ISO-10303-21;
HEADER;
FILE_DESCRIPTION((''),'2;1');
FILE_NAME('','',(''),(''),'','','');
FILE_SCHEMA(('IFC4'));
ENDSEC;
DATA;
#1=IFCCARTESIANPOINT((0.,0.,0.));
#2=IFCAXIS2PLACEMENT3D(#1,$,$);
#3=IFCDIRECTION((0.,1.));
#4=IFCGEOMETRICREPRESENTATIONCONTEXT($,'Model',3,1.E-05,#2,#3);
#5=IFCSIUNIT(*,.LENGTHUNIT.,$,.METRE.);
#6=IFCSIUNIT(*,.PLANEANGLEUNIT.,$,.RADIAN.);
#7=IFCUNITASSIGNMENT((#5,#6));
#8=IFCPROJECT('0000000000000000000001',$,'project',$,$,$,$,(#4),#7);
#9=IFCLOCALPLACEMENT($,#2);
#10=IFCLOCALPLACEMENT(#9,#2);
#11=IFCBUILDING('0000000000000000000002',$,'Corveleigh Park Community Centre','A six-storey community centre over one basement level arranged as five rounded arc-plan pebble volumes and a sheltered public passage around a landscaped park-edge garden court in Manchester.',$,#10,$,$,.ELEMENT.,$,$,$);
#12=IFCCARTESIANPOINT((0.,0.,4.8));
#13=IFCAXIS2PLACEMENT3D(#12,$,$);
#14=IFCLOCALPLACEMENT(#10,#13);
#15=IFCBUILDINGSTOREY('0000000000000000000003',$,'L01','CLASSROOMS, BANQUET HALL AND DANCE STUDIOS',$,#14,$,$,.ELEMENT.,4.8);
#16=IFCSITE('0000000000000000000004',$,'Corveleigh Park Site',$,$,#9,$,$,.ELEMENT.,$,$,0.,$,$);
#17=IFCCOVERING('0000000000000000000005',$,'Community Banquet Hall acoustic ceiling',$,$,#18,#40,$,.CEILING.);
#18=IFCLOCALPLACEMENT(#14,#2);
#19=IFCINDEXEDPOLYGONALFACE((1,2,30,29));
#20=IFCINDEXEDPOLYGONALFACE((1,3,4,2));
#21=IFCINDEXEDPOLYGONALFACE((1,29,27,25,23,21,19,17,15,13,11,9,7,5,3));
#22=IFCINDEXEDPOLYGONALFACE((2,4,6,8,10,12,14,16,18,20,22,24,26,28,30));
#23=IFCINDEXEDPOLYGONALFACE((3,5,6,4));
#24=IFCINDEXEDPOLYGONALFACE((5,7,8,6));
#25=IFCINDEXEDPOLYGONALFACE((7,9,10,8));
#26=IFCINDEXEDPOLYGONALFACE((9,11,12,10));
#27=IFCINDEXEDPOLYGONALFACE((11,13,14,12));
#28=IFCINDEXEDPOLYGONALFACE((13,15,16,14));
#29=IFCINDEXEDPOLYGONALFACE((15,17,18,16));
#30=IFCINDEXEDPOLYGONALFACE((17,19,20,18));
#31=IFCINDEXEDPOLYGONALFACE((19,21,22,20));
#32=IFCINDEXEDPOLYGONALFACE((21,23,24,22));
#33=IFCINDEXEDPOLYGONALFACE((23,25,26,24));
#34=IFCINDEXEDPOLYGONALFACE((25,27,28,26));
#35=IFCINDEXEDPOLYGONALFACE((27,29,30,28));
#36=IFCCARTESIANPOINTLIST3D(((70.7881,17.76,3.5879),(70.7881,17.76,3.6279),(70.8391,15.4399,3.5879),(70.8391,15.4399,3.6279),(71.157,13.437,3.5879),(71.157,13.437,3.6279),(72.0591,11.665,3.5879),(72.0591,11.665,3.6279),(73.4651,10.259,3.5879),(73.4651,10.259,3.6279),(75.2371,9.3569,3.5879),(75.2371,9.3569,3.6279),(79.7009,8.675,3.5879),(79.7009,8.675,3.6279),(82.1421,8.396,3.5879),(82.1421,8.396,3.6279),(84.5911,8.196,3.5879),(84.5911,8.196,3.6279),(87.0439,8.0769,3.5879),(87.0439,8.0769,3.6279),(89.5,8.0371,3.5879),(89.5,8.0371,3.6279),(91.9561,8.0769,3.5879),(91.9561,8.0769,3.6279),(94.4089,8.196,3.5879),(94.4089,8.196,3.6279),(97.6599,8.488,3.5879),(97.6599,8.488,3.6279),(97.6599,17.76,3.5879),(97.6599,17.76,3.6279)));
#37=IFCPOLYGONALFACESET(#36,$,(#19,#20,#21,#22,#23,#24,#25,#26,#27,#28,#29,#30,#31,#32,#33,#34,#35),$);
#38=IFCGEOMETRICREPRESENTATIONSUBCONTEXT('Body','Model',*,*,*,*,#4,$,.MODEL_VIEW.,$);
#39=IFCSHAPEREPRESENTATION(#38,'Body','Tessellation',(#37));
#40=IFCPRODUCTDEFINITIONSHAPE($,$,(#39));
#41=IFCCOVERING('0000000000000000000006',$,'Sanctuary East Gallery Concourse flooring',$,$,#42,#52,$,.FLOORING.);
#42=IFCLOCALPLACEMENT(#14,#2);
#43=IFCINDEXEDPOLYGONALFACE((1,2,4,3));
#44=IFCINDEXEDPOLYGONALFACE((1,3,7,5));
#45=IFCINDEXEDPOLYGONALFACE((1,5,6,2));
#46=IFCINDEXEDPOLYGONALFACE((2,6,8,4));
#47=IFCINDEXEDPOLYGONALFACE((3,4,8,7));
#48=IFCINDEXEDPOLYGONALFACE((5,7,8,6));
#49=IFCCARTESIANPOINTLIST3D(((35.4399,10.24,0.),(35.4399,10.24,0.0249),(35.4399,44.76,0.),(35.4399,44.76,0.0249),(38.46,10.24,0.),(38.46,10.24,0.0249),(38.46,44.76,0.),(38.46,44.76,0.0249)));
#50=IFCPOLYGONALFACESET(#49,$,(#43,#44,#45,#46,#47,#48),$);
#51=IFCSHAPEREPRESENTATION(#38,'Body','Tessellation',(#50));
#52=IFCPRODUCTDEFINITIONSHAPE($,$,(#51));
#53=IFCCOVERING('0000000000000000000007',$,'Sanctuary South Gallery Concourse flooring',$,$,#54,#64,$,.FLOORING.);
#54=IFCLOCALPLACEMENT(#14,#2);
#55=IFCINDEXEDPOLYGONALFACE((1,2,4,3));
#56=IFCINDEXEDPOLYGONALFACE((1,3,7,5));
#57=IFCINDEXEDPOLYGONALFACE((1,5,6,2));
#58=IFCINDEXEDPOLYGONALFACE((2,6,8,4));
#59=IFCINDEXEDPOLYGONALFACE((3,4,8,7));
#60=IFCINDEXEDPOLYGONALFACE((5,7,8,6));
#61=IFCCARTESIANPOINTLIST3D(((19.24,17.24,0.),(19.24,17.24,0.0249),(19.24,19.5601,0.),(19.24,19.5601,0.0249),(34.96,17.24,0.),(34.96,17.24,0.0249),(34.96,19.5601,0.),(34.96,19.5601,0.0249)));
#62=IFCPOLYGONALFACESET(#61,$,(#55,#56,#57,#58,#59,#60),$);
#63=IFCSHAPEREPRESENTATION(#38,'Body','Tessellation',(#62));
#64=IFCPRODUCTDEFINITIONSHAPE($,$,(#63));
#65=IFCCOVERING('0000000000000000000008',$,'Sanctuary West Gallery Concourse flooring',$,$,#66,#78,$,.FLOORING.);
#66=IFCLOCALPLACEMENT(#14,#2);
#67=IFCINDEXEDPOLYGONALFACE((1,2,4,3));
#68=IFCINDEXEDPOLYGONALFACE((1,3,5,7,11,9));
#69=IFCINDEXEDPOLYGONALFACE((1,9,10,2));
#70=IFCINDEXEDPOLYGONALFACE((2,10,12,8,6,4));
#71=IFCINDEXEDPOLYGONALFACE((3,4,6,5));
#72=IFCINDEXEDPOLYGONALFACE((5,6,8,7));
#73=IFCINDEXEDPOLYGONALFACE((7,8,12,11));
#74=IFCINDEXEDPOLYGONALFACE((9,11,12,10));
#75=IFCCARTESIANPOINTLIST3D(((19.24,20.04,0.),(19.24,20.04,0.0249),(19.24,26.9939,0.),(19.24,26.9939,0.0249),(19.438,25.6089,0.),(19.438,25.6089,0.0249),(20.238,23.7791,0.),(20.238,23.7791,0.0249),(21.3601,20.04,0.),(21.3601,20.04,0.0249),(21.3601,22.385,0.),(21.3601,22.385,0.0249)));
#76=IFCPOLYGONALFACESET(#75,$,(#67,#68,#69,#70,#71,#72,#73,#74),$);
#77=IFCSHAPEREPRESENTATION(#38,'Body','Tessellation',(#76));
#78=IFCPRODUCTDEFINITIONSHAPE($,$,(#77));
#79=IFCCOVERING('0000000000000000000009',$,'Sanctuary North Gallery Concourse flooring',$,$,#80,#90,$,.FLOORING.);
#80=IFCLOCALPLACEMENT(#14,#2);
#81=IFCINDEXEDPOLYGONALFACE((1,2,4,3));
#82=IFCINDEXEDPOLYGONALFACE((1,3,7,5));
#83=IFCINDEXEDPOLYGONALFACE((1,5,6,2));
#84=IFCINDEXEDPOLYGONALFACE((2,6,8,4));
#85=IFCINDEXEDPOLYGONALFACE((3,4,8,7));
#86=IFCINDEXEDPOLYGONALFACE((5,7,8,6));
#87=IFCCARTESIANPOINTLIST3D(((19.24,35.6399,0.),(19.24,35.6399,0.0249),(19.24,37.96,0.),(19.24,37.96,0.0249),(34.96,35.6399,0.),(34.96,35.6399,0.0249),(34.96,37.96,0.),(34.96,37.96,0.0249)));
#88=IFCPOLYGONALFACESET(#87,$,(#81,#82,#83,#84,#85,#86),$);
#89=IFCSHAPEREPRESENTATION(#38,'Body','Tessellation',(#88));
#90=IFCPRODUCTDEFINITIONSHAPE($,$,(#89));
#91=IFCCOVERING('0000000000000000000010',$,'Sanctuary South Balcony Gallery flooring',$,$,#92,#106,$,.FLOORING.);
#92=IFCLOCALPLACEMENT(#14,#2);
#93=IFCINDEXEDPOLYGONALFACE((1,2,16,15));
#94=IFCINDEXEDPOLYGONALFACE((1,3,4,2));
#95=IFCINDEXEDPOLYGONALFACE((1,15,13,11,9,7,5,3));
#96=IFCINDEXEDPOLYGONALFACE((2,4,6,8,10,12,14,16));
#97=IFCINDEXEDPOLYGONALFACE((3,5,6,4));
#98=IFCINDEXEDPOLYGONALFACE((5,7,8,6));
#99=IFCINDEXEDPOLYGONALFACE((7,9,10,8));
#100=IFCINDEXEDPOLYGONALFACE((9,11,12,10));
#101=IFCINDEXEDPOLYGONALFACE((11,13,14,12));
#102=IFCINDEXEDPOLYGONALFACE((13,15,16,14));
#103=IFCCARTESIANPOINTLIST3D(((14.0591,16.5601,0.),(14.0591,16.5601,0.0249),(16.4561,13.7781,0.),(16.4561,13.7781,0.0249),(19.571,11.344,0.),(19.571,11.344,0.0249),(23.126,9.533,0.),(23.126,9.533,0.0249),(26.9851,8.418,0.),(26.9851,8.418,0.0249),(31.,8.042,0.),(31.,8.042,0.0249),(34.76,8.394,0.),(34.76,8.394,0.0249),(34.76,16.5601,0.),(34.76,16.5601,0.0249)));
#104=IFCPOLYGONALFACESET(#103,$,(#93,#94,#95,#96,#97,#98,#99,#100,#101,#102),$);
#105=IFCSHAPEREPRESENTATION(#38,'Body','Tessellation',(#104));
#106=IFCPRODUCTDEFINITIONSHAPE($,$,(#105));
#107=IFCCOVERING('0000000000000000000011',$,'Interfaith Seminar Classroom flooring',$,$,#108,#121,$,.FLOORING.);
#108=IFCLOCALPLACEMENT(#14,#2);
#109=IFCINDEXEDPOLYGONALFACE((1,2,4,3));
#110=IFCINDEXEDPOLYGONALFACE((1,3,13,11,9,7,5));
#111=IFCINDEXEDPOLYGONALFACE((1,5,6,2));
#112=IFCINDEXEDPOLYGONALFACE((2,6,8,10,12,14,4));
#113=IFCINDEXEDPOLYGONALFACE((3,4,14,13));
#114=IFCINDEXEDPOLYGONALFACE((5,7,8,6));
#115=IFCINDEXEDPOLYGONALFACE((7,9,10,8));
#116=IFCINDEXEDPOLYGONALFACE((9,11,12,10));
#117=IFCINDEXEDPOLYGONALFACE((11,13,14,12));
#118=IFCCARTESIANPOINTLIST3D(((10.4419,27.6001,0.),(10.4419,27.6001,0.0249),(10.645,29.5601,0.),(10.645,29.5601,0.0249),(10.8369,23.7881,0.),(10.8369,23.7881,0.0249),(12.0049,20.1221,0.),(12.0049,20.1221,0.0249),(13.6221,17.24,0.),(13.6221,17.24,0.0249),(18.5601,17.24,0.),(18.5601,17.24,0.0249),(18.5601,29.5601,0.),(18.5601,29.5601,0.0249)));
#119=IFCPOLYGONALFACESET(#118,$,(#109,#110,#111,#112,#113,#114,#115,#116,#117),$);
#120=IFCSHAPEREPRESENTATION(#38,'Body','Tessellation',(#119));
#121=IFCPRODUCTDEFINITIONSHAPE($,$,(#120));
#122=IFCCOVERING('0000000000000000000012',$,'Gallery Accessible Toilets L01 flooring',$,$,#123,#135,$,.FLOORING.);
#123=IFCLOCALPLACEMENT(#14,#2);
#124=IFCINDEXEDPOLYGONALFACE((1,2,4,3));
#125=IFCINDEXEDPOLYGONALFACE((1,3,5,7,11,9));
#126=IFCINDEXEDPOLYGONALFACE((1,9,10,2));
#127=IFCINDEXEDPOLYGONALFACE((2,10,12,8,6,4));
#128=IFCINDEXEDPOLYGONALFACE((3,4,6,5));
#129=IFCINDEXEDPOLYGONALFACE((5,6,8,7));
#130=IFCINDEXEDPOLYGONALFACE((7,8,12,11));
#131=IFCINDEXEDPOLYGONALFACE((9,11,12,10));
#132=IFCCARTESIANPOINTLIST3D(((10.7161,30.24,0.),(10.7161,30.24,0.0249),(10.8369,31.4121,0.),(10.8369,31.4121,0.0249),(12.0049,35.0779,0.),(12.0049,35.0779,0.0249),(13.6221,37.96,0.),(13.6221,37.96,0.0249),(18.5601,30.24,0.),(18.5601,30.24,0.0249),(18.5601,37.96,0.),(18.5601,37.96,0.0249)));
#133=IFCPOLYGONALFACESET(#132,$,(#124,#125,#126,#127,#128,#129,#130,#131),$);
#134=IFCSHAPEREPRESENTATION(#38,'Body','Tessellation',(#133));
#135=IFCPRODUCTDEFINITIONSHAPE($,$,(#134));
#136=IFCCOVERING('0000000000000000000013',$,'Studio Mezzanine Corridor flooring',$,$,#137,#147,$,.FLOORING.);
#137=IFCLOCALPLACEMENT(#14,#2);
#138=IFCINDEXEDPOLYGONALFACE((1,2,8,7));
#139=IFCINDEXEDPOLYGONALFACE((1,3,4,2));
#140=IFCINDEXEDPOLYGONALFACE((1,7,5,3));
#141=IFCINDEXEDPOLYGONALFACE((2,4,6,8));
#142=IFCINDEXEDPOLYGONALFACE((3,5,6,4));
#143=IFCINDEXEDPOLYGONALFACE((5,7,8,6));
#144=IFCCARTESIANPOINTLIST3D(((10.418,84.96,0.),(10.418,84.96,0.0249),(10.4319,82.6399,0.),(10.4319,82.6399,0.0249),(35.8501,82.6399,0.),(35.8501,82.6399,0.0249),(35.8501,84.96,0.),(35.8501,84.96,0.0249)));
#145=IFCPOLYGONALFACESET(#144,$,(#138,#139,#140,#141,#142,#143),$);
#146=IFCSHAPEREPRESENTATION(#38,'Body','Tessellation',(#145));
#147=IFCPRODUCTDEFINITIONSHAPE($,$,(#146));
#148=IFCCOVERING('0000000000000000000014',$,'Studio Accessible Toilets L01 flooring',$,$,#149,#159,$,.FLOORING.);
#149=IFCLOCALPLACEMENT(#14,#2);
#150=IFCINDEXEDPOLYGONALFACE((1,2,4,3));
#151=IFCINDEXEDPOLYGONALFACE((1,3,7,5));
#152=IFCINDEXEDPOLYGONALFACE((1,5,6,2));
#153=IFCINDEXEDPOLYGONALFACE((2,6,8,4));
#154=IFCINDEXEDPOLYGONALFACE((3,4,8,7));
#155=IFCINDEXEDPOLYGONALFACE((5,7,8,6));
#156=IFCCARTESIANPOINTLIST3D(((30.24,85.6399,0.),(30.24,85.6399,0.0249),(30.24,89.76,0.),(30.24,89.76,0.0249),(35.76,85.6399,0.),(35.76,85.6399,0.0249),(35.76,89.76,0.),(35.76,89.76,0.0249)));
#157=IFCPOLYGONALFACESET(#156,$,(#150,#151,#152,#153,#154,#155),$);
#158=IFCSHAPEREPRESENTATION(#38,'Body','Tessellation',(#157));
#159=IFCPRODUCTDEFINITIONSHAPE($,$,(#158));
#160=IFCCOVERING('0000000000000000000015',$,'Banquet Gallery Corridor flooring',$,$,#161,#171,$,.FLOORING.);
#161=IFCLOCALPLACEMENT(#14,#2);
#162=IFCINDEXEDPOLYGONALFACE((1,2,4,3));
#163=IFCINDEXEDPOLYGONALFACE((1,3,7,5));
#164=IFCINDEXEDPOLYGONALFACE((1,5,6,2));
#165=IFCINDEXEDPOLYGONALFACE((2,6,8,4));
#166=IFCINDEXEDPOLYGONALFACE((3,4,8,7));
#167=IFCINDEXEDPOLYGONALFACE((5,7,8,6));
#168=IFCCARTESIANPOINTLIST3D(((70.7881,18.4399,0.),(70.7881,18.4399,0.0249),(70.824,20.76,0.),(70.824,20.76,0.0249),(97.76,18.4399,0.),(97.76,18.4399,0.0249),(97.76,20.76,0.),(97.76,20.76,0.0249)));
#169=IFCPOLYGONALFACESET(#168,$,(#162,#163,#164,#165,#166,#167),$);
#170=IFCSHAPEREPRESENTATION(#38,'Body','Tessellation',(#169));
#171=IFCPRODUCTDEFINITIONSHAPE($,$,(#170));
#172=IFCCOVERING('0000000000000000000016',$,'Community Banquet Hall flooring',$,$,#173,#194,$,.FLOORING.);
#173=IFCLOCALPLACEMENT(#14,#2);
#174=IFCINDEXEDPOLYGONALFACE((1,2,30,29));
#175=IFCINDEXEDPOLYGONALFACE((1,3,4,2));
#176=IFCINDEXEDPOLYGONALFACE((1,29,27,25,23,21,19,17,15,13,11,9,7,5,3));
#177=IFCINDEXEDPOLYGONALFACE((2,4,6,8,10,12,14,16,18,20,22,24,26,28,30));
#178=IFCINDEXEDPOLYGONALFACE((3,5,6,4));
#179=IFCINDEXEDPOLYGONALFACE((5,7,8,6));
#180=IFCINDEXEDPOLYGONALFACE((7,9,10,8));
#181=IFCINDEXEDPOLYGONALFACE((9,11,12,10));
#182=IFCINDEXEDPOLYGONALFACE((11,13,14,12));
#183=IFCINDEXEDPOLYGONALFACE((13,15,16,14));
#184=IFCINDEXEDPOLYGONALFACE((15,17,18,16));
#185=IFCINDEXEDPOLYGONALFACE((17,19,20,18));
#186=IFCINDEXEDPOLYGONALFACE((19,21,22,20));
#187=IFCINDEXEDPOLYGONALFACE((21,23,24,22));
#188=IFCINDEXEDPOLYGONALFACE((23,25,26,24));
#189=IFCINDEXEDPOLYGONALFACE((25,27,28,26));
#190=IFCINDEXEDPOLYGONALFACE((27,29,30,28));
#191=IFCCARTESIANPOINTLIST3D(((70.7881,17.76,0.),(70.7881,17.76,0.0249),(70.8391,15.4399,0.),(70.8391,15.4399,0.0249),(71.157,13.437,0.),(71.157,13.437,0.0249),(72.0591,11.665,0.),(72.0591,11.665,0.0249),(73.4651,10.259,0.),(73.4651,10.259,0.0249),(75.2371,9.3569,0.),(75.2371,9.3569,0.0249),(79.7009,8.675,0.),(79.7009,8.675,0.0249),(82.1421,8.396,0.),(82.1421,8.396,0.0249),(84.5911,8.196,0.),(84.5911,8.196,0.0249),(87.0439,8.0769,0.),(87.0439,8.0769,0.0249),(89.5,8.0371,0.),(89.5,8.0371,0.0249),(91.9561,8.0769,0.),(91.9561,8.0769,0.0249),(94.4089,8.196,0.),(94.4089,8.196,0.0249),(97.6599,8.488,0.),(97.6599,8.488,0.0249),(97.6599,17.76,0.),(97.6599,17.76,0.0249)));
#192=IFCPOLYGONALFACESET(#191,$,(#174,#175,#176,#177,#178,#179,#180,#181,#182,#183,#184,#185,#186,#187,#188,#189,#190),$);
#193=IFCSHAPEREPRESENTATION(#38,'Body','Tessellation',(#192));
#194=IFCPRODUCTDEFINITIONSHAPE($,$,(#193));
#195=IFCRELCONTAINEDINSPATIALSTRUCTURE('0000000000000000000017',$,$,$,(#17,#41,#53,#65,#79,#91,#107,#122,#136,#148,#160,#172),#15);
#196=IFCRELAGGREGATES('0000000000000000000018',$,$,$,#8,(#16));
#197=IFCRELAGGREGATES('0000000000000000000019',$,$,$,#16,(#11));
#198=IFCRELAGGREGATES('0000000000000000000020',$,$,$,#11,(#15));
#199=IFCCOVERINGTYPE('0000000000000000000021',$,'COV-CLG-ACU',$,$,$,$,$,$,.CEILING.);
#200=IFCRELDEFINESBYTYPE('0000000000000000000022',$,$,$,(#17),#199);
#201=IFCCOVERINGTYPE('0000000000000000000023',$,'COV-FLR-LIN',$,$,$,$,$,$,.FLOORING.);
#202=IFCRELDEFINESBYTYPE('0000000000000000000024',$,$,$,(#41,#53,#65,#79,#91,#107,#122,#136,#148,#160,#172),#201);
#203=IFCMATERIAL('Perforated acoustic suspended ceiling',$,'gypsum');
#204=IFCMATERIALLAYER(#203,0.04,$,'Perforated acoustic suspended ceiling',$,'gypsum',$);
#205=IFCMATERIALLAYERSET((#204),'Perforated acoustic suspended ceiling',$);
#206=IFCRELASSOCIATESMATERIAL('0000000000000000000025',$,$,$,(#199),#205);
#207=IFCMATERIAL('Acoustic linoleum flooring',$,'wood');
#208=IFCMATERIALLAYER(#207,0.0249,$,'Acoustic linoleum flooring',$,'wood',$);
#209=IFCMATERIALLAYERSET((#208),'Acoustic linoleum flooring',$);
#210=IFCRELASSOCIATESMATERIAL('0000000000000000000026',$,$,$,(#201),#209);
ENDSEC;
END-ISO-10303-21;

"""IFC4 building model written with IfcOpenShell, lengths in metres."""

from ifc_helpers import new_model, si_unit, direction, frame, origin, place, context, subcontext, project, spatial, polyline, outline, extrude, material, layer, layer_set, type_object, element, save


model = new_model("IFC4")

# Units and contexts
model_context = context("Model", 3, precision=1e-05, world=origin(), true_north=direction((0.0, 1.0)))
body_context = subcontext(model_context, "Body", "Model", "MODEL_VIEW")
ifc_project = project(units=[si_unit("LENGTHUNIT", "METRE"), si_unit("PLANEANGLEUNIT", "RADIAN")], contexts=[model_context])

# Site, building, storey
site_placement = place(None, origin())
site = spatial("IfcSite", under=ifc_project, at=site_placement, Name="Corveleigh Park Site", CompositionType="ELEMENT", RefElevation=0.0)
building_placement = place(site_placement, origin())
building = spatial("IfcBuilding", under=site, at=building_placement, Name="Corveleigh Park Community Centre", Description="A six-storey community centre over one basement level arranged as five rounded arc-plan pebble volumes and a sheltered public passage around a landscaped park-edge garden court in Manchester.", CompositionType="ELEMENT")
storey_placement = place(building_placement, frame((0.0, 0.0, 4.8)))
storey = spatial("IfcBuildingStorey", under=building, at=storey_placement, Name="L01", Description="CLASSROOMS, BANQUET HALL AND DANCE STUDIOS", CompositionType="ELEMENT", Elevation=4.8)

# Coverings
ifc_material_1 = material(Name="Perforated acoustic suspended ceiling", Category="gypsum")
ifc_layer_1 = layer(ifc_material_1, 0.04, Name="Perforated acoustic suspended ceiling", Category="gypsum")
ifc_layer_set_1 = layer_set([ifc_layer_1], Name="Perforated acoustic suspended ceiling")
covering_type_1 = type_object("IfcCoveringType", Name="COV-CLG-ACU", PredefinedType="CEILING", material=ifc_layer_set_1)
covering_1_placement = place(storey_placement, frame((0.0, 0.0, 3.5879)))
element("IfcCovering", 1, at=covering_1_placement, inside=storey, type_object=covering_type_1, Name="Community Banquet Hall acoustic ceiling", PredefinedType="CEILING", context=body_context, shape_type="SweptSolid", body=[
    extrude(outline(polyline([(71.157, 13.437), (70.8391, 15.4399), (70.7881, 17.76), (97.6599, 17.76), (97.6599, 8.488), (94.4089, 8.196), (91.9561, 8.0769), (89.5, 8.0371), (87.0439, 8.0769), (84.5911, 8.196), (82.1421, 8.396), (79.7009, 8.675), (75.2371, 9.3569), (73.4651, 10.259), (72.0591, 11.665), (71.157, 13.437)])), origin(), (0.0, 0.0, 1.0), 0.04),
])
ifc_material_2 = material(Name="Acoustic linoleum flooring", Category="wood")
ifc_layer_2 = layer(ifc_material_2, 0.0249, Name="Acoustic linoleum flooring", Category="wood")
ifc_layer_set_2 = layer_set([ifc_layer_2], Name="Acoustic linoleum flooring")
covering_type_2 = type_object("IfcCoveringType", Name="COV-FLR-LIN", PredefinedType="FLOORING", material=ifc_layer_set_2)
covering_2_placement = place(storey_placement, origin())
element("IfcCovering", 2, at=covering_2_placement, inside=storey, type_object=covering_type_2, Name="Sanctuary East Gallery Concourse flooring", PredefinedType="FLOORING", context=body_context, shape_type="SweptSolid", body=[
    extrude(outline(polyline([(38.46, 10.24), (35.4399, 10.24), (35.4399, 44.76), (38.46, 44.76), (38.46, 10.24)])), origin(), (0.0, 0.0, 1.0), 0.0249),
])
covering_3_placement = place(storey_placement, origin())
element("IfcCovering", 3, at=covering_3_placement, inside=storey, type_object=covering_type_2, Name="Sanctuary South Gallery Concourse flooring", PredefinedType="FLOORING", context=body_context, shape_type="SweptSolid", body=[
    extrude(outline(polyline([(34.96, 17.24), (19.24, 17.24), (19.24, 19.5601), (34.96, 19.5601), (34.96, 17.24)])), origin(), (0.0, 0.0, 1.0), 0.0249),
])
covering_4_placement = place(storey_placement, origin())
element("IfcCovering", 4, at=covering_4_placement, inside=storey, type_object=covering_type_2, Name="Sanctuary West Gallery Concourse flooring", PredefinedType="FLOORING", context=body_context, shape_type="SweptSolid", body=[
    extrude(outline(polyline([(20.238, 23.7791), (21.3601, 22.385), (21.3601, 20.04), (19.24, 20.04), (19.24, 26.9939), (19.438, 25.6089), (20.238, 23.7791)])), origin(), (0.0, 0.0, 1.0), 0.0249),
])
covering_5_placement = place(storey_placement, origin())
element("IfcCovering", 5, at=covering_5_placement, inside=storey, type_object=covering_type_2, Name="Sanctuary North Gallery Concourse flooring", PredefinedType="FLOORING", context=body_context, shape_type="SweptSolid", body=[
    extrude(outline(polyline([(34.96, 35.6399), (19.24, 35.6399), (19.24, 37.96), (34.96, 37.96), (34.96, 35.6399)])), origin(), (0.0, 0.0, 1.0), 0.0249),
])
covering_6_placement = place(storey_placement, origin())
element("IfcCovering", 6, at=covering_6_placement, inside=storey, type_object=covering_type_2, Name="Sanctuary South Balcony Gallery flooring", PredefinedType="FLOORING", context=body_context, shape_type="SweptSolid", body=[
    extrude(outline(polyline([(23.126, 9.533), (19.571, 11.344), (16.4561, 13.7781), (14.0591, 16.5601), (34.76, 16.5601), (34.76, 8.394), (31.0, 8.042), (26.9851, 8.418), (23.126, 9.533)])), origin(), (0.0, 0.0, 1.0), 0.0249),
])
covering_7_placement = place(storey_placement, origin())
element("IfcCovering", 7, at=covering_7_placement, inside=storey, type_object=covering_type_2, Name="Interfaith Seminar Classroom flooring", PredefinedType="FLOORING", context=body_context, shape_type="SweptSolid", body=[
    extrude(outline(polyline([(18.5601, 29.5601), (18.5601, 17.24), (13.6221, 17.24), (12.0049, 20.1221), (10.8369, 23.7881), (10.4419, 27.6001), (10.645, 29.5601), (18.5601, 29.5601)])), origin(), (0.0, 0.0, 1.0), 0.0249),
])
covering_8_placement = place(storey_placement, origin())
element("IfcCovering", 8, at=covering_8_placement, inside=storey, type_object=covering_type_2, Name="Gallery Accessible Toilets L01 flooring", PredefinedType="FLOORING", context=body_context, shape_type="SweptSolid", body=[
    extrude(outline(polyline([(10.7161, 30.24), (10.8369, 31.4121), (12.0049, 35.0779), (13.6221, 37.96), (18.5601, 37.96), (18.5601, 30.24), (10.7161, 30.24)])), origin(), (0.0, 0.0, 1.0), 0.0249),
])
covering_9_placement = place(storey_placement, origin())
element("IfcCovering", 9, at=covering_9_placement, inside=storey, type_object=covering_type_2, Name="Studio Mezzanine Corridor flooring", PredefinedType="FLOORING", context=body_context, shape_type="SweptSolid", body=[
    extrude(outline(polyline([(10.4319, 82.6399), (10.418, 84.96), (35.8501, 84.96), (35.8501, 82.6399), (10.4319, 82.6399)])), origin(), (0.0, 0.0, 1.0), 0.0249),
])
covering_10_placement = place(storey_placement, origin())
element("IfcCovering", 10, at=covering_10_placement, inside=storey, type_object=covering_type_2, Name="Studio Accessible Toilets L01 flooring", PredefinedType="FLOORING", context=body_context, shape_type="SweptSolid", body=[
    extrude(outline(polyline([(35.76, 85.6399), (30.24, 85.6399), (30.24, 89.76), (35.76, 89.76), (35.76, 85.6399)])), origin(), (0.0, 0.0, 1.0), 0.0249),
])
covering_11_placement = place(storey_placement, origin())
element("IfcCovering", 11, at=covering_11_placement, inside=storey, type_object=covering_type_2, Name="Banquet Gallery Corridor flooring", PredefinedType="FLOORING", context=body_context, shape_type="SweptSolid", body=[
    extrude(outline(polyline([(70.824, 20.76), (97.76, 20.76), (97.76, 18.4399), (70.7881, 18.4399), (70.824, 20.76)])), origin(), (0.0, 0.0, 1.0), 0.0249),
])
covering_12_placement = place(storey_placement, origin())
element("IfcCovering", 12, at=covering_12_placement, inside=storey, type_object=covering_type_2, Name="Community Banquet Hall flooring", PredefinedType="FLOORING", context=body_context, shape_type="SweptSolid", body=[
    extrude(outline(polyline([(71.157, 13.437), (70.8391, 15.4399), (70.7881, 17.76), (97.6599, 17.76), (97.6599, 8.488), (94.4089, 8.196), (91.9561, 8.0769), (89.5, 8.0371), (87.0439, 8.0769), (84.5911, 8.196), (82.1421, 8.396), (79.7009, 8.675), (75.2371, 9.3569), (73.4651, 10.259), (72.0591, 11.665), (71.157, 13.437)])), origin(), (0.0, 0.0, 1.0), 0.0249),
])

save(model, "model.ifc")
